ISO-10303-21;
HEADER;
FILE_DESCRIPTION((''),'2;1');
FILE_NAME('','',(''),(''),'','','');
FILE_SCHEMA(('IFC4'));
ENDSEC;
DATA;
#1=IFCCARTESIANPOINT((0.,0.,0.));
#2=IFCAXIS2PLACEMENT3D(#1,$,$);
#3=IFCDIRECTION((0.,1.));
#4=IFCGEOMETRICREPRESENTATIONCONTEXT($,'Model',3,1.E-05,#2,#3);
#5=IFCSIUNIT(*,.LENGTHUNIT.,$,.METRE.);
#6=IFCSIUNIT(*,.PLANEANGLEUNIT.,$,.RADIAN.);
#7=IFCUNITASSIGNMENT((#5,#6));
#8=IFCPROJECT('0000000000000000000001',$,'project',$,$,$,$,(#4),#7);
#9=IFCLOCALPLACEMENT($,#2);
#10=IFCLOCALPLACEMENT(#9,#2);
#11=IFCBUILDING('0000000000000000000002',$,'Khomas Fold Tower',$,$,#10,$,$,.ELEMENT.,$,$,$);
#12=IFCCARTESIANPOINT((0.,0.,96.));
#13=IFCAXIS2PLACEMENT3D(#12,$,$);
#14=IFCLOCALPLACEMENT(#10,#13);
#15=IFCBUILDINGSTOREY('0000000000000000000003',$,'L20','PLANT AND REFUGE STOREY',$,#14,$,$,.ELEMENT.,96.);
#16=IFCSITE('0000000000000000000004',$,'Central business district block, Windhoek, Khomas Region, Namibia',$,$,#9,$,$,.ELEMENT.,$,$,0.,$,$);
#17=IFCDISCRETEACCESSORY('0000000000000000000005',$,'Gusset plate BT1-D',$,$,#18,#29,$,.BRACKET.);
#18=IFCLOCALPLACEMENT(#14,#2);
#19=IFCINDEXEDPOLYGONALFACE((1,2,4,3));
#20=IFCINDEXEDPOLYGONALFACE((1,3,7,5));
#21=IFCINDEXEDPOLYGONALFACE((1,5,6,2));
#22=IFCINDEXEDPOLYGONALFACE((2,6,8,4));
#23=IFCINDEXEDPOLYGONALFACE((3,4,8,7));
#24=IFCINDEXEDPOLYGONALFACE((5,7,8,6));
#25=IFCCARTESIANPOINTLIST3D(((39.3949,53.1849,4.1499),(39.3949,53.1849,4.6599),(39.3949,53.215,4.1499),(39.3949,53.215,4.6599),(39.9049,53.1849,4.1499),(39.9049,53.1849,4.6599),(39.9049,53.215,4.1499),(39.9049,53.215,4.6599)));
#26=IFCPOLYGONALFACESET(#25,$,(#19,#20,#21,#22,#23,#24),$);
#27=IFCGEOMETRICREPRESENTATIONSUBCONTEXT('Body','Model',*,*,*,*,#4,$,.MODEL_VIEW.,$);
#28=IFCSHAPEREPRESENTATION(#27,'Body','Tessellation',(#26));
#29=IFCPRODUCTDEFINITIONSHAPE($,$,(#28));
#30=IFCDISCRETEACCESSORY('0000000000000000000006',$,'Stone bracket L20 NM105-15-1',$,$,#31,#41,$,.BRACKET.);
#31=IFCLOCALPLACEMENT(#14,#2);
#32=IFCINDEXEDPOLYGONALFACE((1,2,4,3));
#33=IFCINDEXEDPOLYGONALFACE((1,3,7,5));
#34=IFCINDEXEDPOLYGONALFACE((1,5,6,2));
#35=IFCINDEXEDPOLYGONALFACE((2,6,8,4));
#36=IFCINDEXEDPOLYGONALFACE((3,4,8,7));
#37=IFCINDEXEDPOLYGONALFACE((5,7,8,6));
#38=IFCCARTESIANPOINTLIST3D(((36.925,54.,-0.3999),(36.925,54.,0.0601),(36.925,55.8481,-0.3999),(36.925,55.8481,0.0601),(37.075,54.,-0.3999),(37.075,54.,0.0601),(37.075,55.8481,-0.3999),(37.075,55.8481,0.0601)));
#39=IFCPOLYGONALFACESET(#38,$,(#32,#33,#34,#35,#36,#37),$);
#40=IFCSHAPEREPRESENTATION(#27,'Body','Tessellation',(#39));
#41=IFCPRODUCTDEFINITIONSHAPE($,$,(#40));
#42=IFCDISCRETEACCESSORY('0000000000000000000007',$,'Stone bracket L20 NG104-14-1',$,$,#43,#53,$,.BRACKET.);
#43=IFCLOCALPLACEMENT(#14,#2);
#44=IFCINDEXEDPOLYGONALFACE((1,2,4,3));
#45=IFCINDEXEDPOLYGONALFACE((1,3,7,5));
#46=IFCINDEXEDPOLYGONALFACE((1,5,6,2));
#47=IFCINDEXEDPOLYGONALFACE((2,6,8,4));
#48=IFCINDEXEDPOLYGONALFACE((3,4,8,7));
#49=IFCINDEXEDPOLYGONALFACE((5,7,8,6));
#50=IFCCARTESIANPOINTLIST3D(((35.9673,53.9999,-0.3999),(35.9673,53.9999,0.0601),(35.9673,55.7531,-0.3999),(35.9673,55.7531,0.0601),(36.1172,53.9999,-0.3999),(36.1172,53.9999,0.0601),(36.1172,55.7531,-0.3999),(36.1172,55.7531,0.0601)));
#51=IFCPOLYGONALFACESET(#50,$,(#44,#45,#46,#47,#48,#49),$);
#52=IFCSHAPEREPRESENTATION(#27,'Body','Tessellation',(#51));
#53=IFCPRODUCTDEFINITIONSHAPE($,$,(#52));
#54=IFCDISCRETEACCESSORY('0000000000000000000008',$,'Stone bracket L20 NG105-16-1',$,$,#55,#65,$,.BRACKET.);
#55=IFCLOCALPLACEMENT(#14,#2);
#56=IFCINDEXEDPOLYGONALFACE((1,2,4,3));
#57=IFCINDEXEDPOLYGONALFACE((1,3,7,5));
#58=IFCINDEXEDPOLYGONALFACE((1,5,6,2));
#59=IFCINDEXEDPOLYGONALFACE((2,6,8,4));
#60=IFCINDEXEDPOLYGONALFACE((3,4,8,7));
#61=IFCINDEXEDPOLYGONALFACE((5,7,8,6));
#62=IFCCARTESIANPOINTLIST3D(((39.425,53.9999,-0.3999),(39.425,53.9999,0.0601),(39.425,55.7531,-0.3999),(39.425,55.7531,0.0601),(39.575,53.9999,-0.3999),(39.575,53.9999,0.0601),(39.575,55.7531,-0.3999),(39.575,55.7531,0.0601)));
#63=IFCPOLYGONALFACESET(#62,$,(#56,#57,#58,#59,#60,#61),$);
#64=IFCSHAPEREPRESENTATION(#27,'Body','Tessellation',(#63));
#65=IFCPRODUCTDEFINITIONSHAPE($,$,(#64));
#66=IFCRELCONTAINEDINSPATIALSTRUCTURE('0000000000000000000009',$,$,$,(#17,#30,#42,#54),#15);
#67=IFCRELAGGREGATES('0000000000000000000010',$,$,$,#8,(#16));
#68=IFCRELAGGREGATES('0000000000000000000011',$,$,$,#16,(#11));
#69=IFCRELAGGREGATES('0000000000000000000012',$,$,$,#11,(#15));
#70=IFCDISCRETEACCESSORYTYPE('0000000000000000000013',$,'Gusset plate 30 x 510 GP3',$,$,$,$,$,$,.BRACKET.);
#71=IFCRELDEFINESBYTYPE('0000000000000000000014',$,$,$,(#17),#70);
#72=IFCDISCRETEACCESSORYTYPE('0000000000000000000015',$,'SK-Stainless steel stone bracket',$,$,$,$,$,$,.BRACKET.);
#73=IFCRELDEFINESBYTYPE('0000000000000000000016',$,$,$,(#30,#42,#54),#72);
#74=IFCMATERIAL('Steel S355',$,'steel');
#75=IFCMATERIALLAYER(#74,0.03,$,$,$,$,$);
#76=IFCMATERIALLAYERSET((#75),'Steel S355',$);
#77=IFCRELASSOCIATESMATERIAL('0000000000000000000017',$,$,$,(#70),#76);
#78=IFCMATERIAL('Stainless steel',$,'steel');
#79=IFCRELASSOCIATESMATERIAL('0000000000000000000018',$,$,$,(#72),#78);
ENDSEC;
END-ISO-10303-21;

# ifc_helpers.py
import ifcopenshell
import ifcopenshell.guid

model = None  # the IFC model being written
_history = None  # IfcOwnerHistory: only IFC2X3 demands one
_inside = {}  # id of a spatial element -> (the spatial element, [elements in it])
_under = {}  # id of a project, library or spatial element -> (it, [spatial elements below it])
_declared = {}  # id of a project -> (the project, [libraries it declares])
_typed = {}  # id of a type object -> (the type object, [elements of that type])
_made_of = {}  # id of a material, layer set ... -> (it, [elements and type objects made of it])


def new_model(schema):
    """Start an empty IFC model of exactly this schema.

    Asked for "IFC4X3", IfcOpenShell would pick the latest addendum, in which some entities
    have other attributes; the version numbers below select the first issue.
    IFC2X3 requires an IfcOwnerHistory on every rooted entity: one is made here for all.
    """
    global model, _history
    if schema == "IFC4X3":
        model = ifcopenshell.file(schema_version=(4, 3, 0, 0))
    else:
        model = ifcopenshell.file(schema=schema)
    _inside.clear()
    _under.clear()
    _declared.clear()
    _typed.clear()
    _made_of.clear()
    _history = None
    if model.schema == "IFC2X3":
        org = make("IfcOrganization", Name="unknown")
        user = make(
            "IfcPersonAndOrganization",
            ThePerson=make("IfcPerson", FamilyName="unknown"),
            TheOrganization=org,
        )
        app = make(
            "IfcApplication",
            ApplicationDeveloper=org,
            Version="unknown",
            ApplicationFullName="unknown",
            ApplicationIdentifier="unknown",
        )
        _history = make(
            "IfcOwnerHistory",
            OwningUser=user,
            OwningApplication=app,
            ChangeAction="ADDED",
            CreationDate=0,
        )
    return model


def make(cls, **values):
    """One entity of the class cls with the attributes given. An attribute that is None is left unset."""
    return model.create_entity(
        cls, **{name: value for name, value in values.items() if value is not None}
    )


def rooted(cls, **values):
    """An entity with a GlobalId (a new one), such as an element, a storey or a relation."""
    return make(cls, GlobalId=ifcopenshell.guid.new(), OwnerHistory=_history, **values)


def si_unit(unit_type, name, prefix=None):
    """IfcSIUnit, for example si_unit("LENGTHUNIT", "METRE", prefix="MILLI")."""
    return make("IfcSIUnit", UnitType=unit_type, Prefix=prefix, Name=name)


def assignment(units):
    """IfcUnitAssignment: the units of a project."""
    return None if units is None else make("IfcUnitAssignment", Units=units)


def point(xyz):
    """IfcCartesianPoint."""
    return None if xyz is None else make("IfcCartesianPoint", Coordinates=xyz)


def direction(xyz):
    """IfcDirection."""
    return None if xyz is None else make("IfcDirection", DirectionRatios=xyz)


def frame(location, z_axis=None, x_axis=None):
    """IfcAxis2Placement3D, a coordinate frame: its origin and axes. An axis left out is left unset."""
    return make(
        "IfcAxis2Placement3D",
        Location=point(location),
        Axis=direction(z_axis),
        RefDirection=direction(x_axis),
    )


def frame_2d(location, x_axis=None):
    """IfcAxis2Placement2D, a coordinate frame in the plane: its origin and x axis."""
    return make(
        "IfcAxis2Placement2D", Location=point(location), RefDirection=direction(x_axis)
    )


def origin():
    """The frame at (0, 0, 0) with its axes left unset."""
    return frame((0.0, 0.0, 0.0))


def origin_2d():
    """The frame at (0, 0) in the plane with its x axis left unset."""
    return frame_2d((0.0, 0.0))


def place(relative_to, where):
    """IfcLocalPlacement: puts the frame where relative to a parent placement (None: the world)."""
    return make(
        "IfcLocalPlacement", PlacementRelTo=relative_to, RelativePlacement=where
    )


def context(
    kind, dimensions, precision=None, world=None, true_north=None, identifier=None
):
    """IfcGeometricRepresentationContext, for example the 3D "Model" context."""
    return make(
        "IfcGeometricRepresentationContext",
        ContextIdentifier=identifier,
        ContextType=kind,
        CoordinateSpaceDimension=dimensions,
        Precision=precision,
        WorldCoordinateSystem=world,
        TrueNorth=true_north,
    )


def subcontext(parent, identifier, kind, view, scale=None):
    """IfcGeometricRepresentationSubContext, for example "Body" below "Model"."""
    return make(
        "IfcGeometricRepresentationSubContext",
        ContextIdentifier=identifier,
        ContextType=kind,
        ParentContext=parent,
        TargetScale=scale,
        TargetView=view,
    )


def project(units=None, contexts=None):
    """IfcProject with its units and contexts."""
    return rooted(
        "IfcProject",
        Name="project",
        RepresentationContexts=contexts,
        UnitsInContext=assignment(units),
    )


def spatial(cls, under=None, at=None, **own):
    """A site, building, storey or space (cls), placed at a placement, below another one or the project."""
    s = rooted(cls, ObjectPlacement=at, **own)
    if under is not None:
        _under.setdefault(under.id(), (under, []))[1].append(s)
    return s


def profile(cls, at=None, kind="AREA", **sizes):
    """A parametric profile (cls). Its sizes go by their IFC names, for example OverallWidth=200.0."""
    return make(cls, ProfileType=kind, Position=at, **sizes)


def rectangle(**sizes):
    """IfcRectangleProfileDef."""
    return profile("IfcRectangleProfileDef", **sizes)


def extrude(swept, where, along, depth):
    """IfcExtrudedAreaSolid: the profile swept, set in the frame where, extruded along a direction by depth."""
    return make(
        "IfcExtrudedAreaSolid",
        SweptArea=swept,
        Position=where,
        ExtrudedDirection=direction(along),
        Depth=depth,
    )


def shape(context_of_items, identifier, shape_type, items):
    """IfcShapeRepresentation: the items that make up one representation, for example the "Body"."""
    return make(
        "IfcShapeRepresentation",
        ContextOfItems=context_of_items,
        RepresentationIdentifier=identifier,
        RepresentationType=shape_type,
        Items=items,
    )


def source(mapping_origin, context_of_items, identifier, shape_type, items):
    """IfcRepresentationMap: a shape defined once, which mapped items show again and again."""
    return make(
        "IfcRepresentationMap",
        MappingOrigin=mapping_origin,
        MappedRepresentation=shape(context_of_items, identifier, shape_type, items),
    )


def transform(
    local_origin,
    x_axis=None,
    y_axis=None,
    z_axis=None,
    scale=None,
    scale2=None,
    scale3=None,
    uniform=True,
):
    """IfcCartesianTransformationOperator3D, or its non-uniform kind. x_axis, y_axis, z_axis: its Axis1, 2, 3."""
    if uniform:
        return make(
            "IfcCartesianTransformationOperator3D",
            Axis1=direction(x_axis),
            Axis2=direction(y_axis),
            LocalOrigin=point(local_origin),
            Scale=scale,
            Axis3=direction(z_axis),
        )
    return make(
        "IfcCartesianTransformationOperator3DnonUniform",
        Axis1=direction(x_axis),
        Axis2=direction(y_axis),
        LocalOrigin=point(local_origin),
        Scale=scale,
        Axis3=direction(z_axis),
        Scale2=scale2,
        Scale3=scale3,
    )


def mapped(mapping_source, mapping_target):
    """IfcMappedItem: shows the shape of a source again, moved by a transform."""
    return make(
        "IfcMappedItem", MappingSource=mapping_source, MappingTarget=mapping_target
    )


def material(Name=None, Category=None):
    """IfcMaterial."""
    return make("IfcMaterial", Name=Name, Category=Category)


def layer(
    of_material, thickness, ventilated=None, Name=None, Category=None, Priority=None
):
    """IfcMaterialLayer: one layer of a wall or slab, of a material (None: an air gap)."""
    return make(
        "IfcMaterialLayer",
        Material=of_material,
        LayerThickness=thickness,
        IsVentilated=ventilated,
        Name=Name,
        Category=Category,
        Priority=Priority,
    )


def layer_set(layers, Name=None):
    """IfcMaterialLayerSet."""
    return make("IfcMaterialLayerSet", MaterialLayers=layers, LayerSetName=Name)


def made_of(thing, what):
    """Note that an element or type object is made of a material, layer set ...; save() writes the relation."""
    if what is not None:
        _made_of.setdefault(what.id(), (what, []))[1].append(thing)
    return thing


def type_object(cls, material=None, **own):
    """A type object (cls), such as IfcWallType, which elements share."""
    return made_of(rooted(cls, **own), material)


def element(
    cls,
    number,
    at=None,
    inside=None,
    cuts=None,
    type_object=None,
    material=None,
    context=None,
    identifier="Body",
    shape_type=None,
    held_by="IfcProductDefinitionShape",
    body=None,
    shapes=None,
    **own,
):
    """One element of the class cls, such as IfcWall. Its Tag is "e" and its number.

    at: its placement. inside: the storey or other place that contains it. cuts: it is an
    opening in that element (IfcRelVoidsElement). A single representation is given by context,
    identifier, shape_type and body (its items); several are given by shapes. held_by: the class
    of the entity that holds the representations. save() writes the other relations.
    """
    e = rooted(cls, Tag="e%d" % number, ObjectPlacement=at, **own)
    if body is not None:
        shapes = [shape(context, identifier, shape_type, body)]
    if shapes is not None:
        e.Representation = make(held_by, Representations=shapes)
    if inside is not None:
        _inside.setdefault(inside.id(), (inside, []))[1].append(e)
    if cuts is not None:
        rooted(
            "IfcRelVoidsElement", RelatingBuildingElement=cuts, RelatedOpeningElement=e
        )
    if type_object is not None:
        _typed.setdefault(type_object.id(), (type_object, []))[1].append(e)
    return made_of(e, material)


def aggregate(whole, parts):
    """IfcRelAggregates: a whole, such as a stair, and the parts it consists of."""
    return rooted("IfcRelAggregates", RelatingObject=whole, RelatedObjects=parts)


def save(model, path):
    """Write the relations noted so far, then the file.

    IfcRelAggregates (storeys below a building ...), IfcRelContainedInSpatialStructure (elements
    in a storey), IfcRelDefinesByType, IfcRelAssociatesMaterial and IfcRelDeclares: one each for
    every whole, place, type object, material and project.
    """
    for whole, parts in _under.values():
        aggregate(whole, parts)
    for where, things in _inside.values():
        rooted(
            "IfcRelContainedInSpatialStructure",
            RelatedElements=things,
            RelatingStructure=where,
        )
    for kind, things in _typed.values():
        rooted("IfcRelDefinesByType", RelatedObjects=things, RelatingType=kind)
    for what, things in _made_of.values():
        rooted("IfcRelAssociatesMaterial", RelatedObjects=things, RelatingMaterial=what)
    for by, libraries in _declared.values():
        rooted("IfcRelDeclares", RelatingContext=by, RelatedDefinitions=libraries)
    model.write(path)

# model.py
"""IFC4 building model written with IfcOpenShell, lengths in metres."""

from ifc_helpers import new_model, si_unit, direction, frame, origin, origin_2d, place, context, subcontext, project, spatial, rectangle, extrude, source, transform, mapped, material, layer, layer_set, type_object, element, save


model = new_model("IFC4")

# Units and contexts
model_context = context("Model", 3, precision=1e-05, world=origin(), true_north=direction((0.0, 1.0)))
body_context = subcontext(model_context, "Body", "Model", "MODEL_VIEW")
ifc_project = project(units=[si_unit("LENGTHUNIT", "METRE"), si_unit("PLANEANGLEUNIT", "RADIAN")], contexts=[model_context])

# Site, building, storey
site_placement = place(None, origin())
site = spatial("IfcSite", under=ifc_project, at=site_placement, Name="Central business district block, Windhoek, Khomas Region, Namibia", CompositionType="ELEMENT", RefElevation=0.0)
building_placement = place(site_placement, origin())
building = spatial("IfcBuilding", under=site, at=building_placement, Name="Khomas Fold Tower", CompositionType="ELEMENT")
storey_placement = place(building_placement, frame((0.0, 0.0, 96.0)))
storey = spatial("IfcBuildingStorey", under=building, at=storey_placement, Name="L20", Description="PLANT AND REFUGE STOREY", CompositionType="ELEMENT", Elevation=96.0)

# Discrete accessories
ifc_material_1 = material(Name="Steel S355", Category="steel")
ifc_layer_1 = layer(ifc_material_1, 0.03)
ifc_layer_set_1 = layer_set([ifc_layer_1], Name="Steel S355")
discrete_accessory_type_1 = type_object("IfcDiscreteAccessoryType", Name="Gusset plate 30 x 510 GP3", PredefinedType="BRACKET", material=ifc_layer_set_1)
shared_shape_1 = source(origin(), body_context, "Body", "SweptSolid", [
    extrude(rectangle(XDim=0.51, YDim=0.03, at=origin_2d()), origin(), (0.0, 0.0, 1.0), 0.51),
])
for number, where, z_axis, x_axis, name in (
    (1, (39.6499, 53.2, 4.1499), (0.0, 0.0, 1.0), (1.0, 0.0, 0.0), "Gusset plate BT1-D"),
):
    element("IfcDiscreteAccessory", number, at=place(storey_placement, frame(where, z_axis=z_axis, x_axis=x_axis)), inside=storey, type_object=discrete_accessory_type_1, Name=name, PredefinedType="BRACKET", context=body_context, shape_type="MappedRepresentation", body=[
        mapped(shared_shape_1, transform((0.0, 0.0, 0.0))),
    ])
ifc_material_2 = material(Name="Stainless steel", Category="steel")
discrete_accessory_type_2 = type_object("IfcDiscreteAccessoryType", Name="SK-Stainless steel stone bracket", PredefinedType="BRACKET", material=ifc_material_2)
shared_shape_2 = source(origin(), body_context, "Body", "SweptSolid", [
    extrude(rectangle(XDim=1.8481, YDim=0.1499, at=origin_2d()), origin(), (0.0, 0.0, 1.0), 0.46),
])
discrete_accessory_placement = place(storey_placement, frame((37.0, 54.9241, -0.3999), z_axis=(0.0, 0.0, 1.0), x_axis=(0.0, 1.0, 0.0)))
element("IfcDiscreteAccessory", 2, at=discrete_accessory_placement, inside=storey, type_object=discrete_accessory_type_2, Name="Stone bracket L20 NM105-15-1", PredefinedType="BRACKET", context=body_context, shape_type="MappedRepresentation", body=[
    mapped(shared_shape_2, transform((0.0, 0.0, 0.0))),
])
shared_shape_3 = source(origin(), body_context, "Body", "SweptSolid", [
    extrude(rectangle(XDim=1.7532, YDim=0.1499, at=origin_2d()), origin(), (0.0, 0.0, 1.0), 0.46),
])
for number, where, z_axis, x_axis, name in (
    (3, (36.0422, 54.8765, -0.3999), (0.0, 0.0, 1.0), (0.0, 1.0, 0.0), "Stone bracket L20 NG104-14-1"),
    (4, (39.5, 54.8765, -0.3999), (0.0, 0.0, 1.0), (0.0, 1.0, 0.0), "Stone bracket L20 NG105-16-1"),
):
    element("IfcDiscreteAccessory", number, at=place(storey_placement, frame(where, z_axis=z_axis, x_axis=x_axis)), inside=storey, type_object=discrete_accessory_type_2, Name=name, PredefinedType="BRACKET", context=body_context, shape_type="MappedRepresentation", body=[
        mapped(shared_shape_3, transform((0.0, 0.0, 0.0))),
    ])

save(model, "model.ifc")
